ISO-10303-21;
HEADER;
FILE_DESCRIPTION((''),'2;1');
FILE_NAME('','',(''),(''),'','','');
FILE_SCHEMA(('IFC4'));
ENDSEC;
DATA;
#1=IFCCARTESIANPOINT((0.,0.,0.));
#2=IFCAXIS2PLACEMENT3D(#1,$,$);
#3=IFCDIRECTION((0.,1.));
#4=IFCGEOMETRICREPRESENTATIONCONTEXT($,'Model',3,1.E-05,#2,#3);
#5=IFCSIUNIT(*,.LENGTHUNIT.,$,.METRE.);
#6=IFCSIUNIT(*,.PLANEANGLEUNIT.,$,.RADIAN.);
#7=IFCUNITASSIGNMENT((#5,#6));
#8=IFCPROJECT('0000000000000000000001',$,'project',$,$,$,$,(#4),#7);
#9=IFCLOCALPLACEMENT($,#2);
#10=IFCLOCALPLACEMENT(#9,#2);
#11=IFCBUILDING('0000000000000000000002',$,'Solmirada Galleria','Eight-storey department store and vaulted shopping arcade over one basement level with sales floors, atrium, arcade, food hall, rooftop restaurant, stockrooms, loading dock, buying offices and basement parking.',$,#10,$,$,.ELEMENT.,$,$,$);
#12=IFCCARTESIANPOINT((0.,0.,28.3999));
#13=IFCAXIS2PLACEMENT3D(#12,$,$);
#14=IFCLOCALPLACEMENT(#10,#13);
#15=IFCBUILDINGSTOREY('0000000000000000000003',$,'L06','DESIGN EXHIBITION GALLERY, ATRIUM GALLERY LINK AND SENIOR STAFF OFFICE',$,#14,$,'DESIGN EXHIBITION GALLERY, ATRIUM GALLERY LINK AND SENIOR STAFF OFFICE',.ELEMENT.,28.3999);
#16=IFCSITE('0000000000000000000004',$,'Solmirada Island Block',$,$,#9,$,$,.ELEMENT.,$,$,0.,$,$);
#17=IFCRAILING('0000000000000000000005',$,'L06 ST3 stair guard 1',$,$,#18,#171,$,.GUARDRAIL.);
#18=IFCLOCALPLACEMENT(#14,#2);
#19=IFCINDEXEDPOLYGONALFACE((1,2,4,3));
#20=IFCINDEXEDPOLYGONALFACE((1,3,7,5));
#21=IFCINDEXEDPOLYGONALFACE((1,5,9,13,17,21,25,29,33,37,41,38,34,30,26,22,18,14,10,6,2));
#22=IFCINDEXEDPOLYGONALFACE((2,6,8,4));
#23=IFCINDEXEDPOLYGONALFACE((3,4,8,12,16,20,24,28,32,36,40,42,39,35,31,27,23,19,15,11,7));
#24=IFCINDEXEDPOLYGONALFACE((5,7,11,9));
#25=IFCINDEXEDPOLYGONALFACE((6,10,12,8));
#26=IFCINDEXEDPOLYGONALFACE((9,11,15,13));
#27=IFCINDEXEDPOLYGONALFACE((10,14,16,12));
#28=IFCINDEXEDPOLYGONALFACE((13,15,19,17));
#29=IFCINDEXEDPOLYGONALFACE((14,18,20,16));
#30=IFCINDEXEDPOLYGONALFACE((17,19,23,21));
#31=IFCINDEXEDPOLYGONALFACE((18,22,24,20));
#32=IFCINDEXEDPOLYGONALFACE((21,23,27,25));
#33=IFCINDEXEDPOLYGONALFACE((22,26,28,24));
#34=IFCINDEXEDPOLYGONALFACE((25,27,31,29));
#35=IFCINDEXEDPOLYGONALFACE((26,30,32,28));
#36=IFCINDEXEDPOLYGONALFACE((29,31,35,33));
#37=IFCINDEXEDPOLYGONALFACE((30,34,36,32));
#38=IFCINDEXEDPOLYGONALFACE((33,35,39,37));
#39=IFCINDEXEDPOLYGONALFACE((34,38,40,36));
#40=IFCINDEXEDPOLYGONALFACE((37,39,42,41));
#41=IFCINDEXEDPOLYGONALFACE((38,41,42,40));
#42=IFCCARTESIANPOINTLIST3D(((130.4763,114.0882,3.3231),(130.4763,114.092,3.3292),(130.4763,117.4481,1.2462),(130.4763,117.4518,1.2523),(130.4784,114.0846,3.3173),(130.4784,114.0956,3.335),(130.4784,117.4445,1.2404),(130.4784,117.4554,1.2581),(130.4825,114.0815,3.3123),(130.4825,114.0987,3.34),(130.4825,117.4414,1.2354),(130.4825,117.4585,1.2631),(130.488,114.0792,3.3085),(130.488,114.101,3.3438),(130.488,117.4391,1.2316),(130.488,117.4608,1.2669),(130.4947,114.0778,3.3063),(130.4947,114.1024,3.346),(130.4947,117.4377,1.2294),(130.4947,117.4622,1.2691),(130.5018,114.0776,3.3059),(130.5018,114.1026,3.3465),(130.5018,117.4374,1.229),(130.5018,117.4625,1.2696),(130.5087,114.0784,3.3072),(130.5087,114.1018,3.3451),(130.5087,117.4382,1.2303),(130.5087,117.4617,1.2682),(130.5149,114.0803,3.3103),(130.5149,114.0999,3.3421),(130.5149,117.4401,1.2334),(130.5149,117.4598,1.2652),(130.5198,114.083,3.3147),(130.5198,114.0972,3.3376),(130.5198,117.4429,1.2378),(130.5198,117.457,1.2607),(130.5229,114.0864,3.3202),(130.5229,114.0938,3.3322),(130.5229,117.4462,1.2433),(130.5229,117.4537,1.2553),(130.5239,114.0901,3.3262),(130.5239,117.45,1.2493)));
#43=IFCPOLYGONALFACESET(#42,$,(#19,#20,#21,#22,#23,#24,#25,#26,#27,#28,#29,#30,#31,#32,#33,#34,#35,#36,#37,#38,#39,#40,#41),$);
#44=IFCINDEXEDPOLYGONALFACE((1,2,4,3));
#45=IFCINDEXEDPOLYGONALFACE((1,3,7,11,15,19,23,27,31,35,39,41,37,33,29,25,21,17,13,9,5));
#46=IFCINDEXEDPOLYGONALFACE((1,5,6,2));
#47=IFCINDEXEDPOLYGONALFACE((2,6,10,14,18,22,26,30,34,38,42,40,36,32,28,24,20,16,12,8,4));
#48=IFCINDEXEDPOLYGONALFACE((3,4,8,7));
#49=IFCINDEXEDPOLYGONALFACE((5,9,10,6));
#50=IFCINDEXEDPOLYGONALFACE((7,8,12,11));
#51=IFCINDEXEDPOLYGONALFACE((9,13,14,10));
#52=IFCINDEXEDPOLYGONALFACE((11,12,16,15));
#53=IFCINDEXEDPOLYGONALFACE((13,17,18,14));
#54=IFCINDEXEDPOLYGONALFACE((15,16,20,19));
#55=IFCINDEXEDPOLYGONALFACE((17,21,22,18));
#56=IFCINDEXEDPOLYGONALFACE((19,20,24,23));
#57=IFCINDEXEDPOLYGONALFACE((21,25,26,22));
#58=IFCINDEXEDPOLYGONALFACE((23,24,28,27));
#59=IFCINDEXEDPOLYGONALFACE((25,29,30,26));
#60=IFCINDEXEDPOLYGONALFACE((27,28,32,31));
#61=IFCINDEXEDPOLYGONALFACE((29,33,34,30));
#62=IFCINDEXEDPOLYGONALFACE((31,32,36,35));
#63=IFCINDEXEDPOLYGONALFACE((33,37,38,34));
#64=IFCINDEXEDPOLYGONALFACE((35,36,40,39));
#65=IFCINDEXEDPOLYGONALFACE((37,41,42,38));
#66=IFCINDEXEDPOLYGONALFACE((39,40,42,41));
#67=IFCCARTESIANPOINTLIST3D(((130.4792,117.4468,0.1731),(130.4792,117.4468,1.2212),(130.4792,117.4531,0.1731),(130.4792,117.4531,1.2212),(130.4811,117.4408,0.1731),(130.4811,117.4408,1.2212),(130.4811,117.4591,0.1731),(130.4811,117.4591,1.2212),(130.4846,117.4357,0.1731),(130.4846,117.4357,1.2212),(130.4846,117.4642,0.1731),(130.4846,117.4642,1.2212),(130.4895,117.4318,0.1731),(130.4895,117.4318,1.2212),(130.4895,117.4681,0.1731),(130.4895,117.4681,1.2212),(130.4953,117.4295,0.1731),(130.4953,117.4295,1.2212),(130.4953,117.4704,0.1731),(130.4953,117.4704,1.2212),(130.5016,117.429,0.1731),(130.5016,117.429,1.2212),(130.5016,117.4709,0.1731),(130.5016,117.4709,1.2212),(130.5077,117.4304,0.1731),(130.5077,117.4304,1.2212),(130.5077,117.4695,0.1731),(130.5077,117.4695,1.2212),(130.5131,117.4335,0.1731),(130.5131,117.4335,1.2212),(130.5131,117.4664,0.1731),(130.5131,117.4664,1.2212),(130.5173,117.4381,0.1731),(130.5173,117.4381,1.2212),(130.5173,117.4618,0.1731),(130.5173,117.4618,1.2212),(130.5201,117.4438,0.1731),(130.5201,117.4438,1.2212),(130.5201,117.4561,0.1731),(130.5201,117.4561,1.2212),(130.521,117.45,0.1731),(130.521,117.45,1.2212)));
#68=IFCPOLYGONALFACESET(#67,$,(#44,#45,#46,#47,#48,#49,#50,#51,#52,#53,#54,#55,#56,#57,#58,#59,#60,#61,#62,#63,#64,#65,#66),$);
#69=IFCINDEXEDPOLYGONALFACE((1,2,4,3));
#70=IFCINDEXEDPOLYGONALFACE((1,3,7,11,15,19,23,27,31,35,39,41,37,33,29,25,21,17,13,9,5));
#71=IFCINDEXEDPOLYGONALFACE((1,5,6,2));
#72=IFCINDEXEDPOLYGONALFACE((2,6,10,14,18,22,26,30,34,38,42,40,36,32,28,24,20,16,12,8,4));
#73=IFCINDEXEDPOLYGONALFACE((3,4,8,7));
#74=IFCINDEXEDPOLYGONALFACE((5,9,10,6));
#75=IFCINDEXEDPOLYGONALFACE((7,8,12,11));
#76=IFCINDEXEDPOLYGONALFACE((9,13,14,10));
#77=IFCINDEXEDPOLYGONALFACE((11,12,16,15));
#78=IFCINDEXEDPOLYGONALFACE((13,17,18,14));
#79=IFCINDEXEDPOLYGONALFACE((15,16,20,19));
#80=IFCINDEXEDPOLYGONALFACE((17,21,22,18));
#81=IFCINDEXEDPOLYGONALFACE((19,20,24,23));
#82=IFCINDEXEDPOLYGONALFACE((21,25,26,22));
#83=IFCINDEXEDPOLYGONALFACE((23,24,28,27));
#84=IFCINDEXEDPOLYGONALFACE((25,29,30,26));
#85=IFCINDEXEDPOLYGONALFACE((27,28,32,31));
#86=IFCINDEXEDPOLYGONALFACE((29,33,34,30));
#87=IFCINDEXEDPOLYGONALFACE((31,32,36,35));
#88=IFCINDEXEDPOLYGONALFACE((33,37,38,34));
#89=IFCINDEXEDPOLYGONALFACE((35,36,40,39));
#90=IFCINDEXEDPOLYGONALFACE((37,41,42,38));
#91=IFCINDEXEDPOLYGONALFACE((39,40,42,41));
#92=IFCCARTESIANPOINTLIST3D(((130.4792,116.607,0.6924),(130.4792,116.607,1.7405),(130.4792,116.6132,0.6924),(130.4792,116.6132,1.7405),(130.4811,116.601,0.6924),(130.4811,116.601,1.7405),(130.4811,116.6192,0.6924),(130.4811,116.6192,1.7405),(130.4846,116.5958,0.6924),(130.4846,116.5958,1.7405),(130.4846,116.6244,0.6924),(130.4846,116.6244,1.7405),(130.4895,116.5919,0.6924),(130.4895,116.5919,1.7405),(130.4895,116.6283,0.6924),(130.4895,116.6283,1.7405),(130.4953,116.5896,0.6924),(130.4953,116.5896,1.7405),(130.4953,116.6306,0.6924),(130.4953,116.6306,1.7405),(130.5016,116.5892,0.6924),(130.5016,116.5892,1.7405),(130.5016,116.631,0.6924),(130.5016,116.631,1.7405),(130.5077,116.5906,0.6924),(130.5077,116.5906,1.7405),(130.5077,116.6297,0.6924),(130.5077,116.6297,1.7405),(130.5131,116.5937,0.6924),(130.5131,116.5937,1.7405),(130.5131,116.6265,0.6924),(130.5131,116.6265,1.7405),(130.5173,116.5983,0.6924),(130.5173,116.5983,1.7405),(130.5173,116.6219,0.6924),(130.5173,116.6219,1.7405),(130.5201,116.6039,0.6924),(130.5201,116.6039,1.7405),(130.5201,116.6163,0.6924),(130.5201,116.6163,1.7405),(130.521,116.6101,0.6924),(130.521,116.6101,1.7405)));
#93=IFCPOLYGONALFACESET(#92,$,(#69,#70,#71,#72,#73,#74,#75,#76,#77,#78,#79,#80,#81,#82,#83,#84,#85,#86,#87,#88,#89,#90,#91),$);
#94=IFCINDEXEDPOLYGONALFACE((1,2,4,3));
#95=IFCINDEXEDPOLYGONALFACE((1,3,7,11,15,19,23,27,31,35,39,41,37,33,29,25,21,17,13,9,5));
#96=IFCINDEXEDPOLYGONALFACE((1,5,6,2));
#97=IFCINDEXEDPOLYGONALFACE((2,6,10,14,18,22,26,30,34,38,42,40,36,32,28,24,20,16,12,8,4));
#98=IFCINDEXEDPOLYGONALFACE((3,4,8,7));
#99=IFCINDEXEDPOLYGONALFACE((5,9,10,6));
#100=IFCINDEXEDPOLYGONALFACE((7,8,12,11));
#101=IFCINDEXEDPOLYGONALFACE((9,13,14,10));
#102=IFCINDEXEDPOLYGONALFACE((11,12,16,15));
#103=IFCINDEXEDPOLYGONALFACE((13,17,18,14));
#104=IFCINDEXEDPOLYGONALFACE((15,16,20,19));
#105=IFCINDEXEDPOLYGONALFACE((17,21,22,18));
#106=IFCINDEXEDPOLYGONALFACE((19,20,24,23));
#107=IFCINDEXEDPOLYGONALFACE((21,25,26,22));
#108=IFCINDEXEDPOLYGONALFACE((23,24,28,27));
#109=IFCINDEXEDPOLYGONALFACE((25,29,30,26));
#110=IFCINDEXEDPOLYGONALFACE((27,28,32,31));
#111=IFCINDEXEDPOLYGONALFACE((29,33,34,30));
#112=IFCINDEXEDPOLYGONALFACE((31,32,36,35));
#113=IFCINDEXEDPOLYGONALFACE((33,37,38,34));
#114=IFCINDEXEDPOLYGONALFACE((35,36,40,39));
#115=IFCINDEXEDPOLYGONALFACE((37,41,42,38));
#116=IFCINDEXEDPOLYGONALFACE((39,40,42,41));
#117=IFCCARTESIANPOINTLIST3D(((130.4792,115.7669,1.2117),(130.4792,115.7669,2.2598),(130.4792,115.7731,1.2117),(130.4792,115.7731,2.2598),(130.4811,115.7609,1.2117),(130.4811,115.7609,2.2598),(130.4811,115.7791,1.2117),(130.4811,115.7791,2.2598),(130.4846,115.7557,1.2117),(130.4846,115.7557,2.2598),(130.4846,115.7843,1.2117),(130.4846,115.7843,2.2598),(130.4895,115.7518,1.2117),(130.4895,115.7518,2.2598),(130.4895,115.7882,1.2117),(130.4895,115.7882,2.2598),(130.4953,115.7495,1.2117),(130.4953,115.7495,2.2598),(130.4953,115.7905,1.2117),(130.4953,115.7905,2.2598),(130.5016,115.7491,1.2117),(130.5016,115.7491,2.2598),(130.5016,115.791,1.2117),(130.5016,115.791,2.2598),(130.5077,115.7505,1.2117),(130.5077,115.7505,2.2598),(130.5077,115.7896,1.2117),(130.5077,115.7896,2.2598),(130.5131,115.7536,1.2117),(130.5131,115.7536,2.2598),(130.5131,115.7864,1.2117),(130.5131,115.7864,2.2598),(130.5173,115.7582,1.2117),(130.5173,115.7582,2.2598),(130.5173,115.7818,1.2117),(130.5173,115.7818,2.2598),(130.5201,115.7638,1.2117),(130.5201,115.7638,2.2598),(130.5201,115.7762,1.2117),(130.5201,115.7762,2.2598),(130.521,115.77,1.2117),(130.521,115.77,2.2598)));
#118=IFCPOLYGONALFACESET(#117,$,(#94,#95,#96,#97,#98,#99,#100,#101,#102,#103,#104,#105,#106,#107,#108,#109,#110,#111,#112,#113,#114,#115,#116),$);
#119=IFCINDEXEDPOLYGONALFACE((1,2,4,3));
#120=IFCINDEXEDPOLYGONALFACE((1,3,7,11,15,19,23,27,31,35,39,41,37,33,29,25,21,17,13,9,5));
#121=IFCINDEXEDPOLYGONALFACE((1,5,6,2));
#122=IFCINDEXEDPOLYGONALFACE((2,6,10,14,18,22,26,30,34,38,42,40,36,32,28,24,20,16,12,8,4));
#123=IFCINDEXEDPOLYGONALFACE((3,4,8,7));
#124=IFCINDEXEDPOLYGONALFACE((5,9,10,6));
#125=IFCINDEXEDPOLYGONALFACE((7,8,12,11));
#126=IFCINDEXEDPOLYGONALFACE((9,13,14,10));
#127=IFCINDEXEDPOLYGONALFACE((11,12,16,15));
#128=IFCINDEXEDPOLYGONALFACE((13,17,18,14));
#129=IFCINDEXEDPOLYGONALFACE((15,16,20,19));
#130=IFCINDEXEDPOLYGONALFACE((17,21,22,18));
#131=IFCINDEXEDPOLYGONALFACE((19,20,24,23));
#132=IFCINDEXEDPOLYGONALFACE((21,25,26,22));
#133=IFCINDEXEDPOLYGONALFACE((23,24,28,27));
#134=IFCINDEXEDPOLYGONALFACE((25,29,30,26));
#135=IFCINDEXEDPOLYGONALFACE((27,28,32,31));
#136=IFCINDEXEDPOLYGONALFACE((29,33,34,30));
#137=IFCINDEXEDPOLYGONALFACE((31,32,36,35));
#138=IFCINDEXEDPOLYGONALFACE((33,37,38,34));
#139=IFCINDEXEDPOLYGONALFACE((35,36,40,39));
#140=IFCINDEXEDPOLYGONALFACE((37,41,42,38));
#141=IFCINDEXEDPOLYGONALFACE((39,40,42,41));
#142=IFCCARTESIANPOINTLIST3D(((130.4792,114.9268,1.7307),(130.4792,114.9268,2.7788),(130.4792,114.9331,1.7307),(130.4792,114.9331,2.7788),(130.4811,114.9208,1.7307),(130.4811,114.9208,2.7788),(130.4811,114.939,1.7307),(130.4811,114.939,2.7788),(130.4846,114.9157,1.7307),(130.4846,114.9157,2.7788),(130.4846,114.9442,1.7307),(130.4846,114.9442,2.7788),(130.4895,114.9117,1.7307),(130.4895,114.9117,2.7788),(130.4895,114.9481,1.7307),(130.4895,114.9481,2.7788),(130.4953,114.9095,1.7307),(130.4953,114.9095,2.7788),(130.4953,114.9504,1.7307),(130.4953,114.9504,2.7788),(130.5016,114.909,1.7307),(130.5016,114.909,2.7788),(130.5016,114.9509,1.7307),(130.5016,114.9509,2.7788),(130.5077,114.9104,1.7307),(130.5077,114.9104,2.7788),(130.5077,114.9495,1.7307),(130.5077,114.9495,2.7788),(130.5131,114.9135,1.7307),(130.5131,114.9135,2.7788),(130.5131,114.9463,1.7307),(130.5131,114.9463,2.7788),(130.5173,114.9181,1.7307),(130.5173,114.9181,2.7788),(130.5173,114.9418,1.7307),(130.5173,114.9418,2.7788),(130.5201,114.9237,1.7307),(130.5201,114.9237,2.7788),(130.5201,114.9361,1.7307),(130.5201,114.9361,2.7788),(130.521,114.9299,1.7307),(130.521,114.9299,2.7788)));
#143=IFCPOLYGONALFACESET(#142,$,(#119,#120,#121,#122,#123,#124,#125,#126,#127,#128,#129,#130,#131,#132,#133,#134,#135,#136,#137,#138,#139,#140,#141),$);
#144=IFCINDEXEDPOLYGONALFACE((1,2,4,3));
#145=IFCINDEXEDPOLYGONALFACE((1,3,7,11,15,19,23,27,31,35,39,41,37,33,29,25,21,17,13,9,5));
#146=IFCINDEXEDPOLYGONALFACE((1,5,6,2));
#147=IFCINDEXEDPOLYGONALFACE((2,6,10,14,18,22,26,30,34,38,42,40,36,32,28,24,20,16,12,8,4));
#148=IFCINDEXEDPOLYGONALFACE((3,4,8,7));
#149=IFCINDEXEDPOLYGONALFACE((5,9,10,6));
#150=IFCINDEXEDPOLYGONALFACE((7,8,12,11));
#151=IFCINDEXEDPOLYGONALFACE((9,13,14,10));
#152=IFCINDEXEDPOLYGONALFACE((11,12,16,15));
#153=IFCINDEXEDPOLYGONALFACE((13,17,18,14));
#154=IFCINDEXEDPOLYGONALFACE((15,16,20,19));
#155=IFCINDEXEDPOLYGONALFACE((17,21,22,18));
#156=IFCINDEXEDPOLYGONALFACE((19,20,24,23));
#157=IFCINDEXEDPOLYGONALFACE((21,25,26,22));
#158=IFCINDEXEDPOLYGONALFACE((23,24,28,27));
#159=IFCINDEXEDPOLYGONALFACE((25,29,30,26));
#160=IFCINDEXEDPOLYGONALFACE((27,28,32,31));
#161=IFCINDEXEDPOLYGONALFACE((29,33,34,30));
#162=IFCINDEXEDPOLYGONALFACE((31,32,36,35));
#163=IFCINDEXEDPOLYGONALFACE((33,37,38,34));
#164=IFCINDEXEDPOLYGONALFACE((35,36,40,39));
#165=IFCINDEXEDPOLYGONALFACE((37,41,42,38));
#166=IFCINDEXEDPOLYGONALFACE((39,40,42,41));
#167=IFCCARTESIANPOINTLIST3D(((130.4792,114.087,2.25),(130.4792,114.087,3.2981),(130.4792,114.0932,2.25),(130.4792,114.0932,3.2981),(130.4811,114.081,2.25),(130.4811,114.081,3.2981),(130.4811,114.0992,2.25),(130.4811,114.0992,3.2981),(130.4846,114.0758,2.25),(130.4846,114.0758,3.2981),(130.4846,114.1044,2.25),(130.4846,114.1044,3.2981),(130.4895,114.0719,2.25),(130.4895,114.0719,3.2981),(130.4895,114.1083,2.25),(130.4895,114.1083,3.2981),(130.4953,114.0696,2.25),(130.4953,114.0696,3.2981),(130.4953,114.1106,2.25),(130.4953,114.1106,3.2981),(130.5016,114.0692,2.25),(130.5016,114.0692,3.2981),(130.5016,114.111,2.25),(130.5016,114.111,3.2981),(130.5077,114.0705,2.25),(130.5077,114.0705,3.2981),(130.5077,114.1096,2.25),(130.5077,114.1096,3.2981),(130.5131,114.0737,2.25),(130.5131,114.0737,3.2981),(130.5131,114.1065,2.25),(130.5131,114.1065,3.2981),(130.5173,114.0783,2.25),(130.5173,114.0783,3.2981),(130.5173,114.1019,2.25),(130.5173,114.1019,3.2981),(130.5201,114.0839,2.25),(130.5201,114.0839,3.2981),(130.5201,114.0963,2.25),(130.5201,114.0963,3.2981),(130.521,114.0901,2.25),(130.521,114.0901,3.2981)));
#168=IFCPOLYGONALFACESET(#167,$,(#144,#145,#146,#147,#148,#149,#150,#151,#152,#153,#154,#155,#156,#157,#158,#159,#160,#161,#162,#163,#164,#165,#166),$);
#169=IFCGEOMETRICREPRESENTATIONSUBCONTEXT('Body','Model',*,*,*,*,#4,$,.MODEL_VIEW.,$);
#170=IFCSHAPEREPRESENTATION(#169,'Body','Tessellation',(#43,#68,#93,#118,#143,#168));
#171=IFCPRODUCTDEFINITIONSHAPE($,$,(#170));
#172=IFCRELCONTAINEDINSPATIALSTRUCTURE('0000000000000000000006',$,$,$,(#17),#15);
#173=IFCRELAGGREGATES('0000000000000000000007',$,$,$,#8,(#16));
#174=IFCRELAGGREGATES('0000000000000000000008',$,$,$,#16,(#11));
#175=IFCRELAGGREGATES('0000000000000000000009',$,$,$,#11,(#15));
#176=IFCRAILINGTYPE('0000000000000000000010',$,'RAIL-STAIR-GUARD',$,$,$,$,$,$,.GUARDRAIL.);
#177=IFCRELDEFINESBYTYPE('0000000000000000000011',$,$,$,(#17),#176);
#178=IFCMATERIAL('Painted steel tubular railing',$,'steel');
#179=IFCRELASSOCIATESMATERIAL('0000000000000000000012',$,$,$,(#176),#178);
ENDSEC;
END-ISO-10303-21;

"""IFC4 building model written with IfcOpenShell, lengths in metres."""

from ifc_helpers import new_model, si_unit, direction, frame, origin, origin_2d, place, context, subcontext, project, spatial, circle, extrude, material, type_object, element, save


model = new_model("IFC4")

# Units and contexts
model_context = context("Model", 3, precision=1e-05, world=origin(), true_north=direction((0.0, 1.0)))
body_context = subcontext(model_context, "Body", "Model", "MODEL_VIEW")
ifc_project = project(units=[si_unit("LENGTHUNIT", "METRE"), si_unit("PLANEANGLEUNIT", "RADIAN")], contexts=[model_context])

# Site, building, storey
site_placement = place(None, origin())
site = spatial("IfcSite", under=ifc_project, at=site_placement, Name="Solmirada Island Block", CompositionType="ELEMENT", RefElevation=0.0)
building_placement = place(site_placement, origin())
building = spatial("IfcBuilding", under=site, at=building_placement, Name="Solmirada Galleria", Description="Eight-storey department store and vaulted shopping arcade over one basement level with sales floors, atrium, arcade, food hall, rooftop restaurant, stockrooms, loading dock, buying offices and basement parking.", CompositionType="ELEMENT")
storey_placement = place(building_placement, frame((0.0, 0.0, 28.3999)))
storey = spatial("IfcBuildingStorey", under=building, at=storey_placement, Name="L06", Description="DESIGN EXHIBITION GALLERY, ATRIUM GALLERY LINK AND SENIOR STAFF OFFICE", LongName="DESIGN EXHIBITION GALLERY, ATRIUM GALLERY LINK AND SENIOR STAFF OFFICE", CompositionType="ELEMENT", Elevation=28.3999)

# Railing
ifc_material_1 = material(Name="Painted steel tubular railing", Category="steel")
railing_type_1 = type_object("IfcRailingType", Name="RAIL-STAIR-GUARD", PredefinedType="GUARDRAIL", material=ifc_material_1)
railing_1_placement = place(storey_placement, frame((130.5, 117.45, 0.1731)))
element("IfcRailing", 1, at=railing_1_placement, inside=storey, type_object=railing_type_1, Name="L06 ST3 stair guard 1", PredefinedType="GUARDRAIL", context=body_context, shape_type="SweptSolid", body=[
    extrude(circle(Radius=0.0239, at=origin_2d()), frame((0.0, 0.0, 1.0762), z_axis=(0.0, -0.850606, 0.525803), x_axis=(1.0, 0.0, 0.0)), (0.0, 0.0, 1.0), 3.95),
    extrude(circle(Radius=0.021, at=origin_2d()), origin(), (0.0, 0.0, 1.0), 1.0481),
    extrude(circle(Radius=0.021, at=origin_2d()), frame((0.0, -0.8398, 0.5193)), (0.0, 0.0, 1.0), 1.0481),
    extrude(circle(Radius=0.021, at=origin_2d()), frame((0.0, -1.6799, 1.0386)), (0.0, 0.0, 1.0), 1.0481),
    extrude(circle(Radius=0.021, at=origin_2d()), frame((0.0, -2.52, 1.5576)), (0.0, 0.0, 1.0), 1.0481),
    extrude(circle(Radius=0.021, at=origin_2d()), frame((0.0, -3.3599, 2.0769)), (0.0, 0.0, 1.0), 1.0481),
])

save(model, "model.ifc")
